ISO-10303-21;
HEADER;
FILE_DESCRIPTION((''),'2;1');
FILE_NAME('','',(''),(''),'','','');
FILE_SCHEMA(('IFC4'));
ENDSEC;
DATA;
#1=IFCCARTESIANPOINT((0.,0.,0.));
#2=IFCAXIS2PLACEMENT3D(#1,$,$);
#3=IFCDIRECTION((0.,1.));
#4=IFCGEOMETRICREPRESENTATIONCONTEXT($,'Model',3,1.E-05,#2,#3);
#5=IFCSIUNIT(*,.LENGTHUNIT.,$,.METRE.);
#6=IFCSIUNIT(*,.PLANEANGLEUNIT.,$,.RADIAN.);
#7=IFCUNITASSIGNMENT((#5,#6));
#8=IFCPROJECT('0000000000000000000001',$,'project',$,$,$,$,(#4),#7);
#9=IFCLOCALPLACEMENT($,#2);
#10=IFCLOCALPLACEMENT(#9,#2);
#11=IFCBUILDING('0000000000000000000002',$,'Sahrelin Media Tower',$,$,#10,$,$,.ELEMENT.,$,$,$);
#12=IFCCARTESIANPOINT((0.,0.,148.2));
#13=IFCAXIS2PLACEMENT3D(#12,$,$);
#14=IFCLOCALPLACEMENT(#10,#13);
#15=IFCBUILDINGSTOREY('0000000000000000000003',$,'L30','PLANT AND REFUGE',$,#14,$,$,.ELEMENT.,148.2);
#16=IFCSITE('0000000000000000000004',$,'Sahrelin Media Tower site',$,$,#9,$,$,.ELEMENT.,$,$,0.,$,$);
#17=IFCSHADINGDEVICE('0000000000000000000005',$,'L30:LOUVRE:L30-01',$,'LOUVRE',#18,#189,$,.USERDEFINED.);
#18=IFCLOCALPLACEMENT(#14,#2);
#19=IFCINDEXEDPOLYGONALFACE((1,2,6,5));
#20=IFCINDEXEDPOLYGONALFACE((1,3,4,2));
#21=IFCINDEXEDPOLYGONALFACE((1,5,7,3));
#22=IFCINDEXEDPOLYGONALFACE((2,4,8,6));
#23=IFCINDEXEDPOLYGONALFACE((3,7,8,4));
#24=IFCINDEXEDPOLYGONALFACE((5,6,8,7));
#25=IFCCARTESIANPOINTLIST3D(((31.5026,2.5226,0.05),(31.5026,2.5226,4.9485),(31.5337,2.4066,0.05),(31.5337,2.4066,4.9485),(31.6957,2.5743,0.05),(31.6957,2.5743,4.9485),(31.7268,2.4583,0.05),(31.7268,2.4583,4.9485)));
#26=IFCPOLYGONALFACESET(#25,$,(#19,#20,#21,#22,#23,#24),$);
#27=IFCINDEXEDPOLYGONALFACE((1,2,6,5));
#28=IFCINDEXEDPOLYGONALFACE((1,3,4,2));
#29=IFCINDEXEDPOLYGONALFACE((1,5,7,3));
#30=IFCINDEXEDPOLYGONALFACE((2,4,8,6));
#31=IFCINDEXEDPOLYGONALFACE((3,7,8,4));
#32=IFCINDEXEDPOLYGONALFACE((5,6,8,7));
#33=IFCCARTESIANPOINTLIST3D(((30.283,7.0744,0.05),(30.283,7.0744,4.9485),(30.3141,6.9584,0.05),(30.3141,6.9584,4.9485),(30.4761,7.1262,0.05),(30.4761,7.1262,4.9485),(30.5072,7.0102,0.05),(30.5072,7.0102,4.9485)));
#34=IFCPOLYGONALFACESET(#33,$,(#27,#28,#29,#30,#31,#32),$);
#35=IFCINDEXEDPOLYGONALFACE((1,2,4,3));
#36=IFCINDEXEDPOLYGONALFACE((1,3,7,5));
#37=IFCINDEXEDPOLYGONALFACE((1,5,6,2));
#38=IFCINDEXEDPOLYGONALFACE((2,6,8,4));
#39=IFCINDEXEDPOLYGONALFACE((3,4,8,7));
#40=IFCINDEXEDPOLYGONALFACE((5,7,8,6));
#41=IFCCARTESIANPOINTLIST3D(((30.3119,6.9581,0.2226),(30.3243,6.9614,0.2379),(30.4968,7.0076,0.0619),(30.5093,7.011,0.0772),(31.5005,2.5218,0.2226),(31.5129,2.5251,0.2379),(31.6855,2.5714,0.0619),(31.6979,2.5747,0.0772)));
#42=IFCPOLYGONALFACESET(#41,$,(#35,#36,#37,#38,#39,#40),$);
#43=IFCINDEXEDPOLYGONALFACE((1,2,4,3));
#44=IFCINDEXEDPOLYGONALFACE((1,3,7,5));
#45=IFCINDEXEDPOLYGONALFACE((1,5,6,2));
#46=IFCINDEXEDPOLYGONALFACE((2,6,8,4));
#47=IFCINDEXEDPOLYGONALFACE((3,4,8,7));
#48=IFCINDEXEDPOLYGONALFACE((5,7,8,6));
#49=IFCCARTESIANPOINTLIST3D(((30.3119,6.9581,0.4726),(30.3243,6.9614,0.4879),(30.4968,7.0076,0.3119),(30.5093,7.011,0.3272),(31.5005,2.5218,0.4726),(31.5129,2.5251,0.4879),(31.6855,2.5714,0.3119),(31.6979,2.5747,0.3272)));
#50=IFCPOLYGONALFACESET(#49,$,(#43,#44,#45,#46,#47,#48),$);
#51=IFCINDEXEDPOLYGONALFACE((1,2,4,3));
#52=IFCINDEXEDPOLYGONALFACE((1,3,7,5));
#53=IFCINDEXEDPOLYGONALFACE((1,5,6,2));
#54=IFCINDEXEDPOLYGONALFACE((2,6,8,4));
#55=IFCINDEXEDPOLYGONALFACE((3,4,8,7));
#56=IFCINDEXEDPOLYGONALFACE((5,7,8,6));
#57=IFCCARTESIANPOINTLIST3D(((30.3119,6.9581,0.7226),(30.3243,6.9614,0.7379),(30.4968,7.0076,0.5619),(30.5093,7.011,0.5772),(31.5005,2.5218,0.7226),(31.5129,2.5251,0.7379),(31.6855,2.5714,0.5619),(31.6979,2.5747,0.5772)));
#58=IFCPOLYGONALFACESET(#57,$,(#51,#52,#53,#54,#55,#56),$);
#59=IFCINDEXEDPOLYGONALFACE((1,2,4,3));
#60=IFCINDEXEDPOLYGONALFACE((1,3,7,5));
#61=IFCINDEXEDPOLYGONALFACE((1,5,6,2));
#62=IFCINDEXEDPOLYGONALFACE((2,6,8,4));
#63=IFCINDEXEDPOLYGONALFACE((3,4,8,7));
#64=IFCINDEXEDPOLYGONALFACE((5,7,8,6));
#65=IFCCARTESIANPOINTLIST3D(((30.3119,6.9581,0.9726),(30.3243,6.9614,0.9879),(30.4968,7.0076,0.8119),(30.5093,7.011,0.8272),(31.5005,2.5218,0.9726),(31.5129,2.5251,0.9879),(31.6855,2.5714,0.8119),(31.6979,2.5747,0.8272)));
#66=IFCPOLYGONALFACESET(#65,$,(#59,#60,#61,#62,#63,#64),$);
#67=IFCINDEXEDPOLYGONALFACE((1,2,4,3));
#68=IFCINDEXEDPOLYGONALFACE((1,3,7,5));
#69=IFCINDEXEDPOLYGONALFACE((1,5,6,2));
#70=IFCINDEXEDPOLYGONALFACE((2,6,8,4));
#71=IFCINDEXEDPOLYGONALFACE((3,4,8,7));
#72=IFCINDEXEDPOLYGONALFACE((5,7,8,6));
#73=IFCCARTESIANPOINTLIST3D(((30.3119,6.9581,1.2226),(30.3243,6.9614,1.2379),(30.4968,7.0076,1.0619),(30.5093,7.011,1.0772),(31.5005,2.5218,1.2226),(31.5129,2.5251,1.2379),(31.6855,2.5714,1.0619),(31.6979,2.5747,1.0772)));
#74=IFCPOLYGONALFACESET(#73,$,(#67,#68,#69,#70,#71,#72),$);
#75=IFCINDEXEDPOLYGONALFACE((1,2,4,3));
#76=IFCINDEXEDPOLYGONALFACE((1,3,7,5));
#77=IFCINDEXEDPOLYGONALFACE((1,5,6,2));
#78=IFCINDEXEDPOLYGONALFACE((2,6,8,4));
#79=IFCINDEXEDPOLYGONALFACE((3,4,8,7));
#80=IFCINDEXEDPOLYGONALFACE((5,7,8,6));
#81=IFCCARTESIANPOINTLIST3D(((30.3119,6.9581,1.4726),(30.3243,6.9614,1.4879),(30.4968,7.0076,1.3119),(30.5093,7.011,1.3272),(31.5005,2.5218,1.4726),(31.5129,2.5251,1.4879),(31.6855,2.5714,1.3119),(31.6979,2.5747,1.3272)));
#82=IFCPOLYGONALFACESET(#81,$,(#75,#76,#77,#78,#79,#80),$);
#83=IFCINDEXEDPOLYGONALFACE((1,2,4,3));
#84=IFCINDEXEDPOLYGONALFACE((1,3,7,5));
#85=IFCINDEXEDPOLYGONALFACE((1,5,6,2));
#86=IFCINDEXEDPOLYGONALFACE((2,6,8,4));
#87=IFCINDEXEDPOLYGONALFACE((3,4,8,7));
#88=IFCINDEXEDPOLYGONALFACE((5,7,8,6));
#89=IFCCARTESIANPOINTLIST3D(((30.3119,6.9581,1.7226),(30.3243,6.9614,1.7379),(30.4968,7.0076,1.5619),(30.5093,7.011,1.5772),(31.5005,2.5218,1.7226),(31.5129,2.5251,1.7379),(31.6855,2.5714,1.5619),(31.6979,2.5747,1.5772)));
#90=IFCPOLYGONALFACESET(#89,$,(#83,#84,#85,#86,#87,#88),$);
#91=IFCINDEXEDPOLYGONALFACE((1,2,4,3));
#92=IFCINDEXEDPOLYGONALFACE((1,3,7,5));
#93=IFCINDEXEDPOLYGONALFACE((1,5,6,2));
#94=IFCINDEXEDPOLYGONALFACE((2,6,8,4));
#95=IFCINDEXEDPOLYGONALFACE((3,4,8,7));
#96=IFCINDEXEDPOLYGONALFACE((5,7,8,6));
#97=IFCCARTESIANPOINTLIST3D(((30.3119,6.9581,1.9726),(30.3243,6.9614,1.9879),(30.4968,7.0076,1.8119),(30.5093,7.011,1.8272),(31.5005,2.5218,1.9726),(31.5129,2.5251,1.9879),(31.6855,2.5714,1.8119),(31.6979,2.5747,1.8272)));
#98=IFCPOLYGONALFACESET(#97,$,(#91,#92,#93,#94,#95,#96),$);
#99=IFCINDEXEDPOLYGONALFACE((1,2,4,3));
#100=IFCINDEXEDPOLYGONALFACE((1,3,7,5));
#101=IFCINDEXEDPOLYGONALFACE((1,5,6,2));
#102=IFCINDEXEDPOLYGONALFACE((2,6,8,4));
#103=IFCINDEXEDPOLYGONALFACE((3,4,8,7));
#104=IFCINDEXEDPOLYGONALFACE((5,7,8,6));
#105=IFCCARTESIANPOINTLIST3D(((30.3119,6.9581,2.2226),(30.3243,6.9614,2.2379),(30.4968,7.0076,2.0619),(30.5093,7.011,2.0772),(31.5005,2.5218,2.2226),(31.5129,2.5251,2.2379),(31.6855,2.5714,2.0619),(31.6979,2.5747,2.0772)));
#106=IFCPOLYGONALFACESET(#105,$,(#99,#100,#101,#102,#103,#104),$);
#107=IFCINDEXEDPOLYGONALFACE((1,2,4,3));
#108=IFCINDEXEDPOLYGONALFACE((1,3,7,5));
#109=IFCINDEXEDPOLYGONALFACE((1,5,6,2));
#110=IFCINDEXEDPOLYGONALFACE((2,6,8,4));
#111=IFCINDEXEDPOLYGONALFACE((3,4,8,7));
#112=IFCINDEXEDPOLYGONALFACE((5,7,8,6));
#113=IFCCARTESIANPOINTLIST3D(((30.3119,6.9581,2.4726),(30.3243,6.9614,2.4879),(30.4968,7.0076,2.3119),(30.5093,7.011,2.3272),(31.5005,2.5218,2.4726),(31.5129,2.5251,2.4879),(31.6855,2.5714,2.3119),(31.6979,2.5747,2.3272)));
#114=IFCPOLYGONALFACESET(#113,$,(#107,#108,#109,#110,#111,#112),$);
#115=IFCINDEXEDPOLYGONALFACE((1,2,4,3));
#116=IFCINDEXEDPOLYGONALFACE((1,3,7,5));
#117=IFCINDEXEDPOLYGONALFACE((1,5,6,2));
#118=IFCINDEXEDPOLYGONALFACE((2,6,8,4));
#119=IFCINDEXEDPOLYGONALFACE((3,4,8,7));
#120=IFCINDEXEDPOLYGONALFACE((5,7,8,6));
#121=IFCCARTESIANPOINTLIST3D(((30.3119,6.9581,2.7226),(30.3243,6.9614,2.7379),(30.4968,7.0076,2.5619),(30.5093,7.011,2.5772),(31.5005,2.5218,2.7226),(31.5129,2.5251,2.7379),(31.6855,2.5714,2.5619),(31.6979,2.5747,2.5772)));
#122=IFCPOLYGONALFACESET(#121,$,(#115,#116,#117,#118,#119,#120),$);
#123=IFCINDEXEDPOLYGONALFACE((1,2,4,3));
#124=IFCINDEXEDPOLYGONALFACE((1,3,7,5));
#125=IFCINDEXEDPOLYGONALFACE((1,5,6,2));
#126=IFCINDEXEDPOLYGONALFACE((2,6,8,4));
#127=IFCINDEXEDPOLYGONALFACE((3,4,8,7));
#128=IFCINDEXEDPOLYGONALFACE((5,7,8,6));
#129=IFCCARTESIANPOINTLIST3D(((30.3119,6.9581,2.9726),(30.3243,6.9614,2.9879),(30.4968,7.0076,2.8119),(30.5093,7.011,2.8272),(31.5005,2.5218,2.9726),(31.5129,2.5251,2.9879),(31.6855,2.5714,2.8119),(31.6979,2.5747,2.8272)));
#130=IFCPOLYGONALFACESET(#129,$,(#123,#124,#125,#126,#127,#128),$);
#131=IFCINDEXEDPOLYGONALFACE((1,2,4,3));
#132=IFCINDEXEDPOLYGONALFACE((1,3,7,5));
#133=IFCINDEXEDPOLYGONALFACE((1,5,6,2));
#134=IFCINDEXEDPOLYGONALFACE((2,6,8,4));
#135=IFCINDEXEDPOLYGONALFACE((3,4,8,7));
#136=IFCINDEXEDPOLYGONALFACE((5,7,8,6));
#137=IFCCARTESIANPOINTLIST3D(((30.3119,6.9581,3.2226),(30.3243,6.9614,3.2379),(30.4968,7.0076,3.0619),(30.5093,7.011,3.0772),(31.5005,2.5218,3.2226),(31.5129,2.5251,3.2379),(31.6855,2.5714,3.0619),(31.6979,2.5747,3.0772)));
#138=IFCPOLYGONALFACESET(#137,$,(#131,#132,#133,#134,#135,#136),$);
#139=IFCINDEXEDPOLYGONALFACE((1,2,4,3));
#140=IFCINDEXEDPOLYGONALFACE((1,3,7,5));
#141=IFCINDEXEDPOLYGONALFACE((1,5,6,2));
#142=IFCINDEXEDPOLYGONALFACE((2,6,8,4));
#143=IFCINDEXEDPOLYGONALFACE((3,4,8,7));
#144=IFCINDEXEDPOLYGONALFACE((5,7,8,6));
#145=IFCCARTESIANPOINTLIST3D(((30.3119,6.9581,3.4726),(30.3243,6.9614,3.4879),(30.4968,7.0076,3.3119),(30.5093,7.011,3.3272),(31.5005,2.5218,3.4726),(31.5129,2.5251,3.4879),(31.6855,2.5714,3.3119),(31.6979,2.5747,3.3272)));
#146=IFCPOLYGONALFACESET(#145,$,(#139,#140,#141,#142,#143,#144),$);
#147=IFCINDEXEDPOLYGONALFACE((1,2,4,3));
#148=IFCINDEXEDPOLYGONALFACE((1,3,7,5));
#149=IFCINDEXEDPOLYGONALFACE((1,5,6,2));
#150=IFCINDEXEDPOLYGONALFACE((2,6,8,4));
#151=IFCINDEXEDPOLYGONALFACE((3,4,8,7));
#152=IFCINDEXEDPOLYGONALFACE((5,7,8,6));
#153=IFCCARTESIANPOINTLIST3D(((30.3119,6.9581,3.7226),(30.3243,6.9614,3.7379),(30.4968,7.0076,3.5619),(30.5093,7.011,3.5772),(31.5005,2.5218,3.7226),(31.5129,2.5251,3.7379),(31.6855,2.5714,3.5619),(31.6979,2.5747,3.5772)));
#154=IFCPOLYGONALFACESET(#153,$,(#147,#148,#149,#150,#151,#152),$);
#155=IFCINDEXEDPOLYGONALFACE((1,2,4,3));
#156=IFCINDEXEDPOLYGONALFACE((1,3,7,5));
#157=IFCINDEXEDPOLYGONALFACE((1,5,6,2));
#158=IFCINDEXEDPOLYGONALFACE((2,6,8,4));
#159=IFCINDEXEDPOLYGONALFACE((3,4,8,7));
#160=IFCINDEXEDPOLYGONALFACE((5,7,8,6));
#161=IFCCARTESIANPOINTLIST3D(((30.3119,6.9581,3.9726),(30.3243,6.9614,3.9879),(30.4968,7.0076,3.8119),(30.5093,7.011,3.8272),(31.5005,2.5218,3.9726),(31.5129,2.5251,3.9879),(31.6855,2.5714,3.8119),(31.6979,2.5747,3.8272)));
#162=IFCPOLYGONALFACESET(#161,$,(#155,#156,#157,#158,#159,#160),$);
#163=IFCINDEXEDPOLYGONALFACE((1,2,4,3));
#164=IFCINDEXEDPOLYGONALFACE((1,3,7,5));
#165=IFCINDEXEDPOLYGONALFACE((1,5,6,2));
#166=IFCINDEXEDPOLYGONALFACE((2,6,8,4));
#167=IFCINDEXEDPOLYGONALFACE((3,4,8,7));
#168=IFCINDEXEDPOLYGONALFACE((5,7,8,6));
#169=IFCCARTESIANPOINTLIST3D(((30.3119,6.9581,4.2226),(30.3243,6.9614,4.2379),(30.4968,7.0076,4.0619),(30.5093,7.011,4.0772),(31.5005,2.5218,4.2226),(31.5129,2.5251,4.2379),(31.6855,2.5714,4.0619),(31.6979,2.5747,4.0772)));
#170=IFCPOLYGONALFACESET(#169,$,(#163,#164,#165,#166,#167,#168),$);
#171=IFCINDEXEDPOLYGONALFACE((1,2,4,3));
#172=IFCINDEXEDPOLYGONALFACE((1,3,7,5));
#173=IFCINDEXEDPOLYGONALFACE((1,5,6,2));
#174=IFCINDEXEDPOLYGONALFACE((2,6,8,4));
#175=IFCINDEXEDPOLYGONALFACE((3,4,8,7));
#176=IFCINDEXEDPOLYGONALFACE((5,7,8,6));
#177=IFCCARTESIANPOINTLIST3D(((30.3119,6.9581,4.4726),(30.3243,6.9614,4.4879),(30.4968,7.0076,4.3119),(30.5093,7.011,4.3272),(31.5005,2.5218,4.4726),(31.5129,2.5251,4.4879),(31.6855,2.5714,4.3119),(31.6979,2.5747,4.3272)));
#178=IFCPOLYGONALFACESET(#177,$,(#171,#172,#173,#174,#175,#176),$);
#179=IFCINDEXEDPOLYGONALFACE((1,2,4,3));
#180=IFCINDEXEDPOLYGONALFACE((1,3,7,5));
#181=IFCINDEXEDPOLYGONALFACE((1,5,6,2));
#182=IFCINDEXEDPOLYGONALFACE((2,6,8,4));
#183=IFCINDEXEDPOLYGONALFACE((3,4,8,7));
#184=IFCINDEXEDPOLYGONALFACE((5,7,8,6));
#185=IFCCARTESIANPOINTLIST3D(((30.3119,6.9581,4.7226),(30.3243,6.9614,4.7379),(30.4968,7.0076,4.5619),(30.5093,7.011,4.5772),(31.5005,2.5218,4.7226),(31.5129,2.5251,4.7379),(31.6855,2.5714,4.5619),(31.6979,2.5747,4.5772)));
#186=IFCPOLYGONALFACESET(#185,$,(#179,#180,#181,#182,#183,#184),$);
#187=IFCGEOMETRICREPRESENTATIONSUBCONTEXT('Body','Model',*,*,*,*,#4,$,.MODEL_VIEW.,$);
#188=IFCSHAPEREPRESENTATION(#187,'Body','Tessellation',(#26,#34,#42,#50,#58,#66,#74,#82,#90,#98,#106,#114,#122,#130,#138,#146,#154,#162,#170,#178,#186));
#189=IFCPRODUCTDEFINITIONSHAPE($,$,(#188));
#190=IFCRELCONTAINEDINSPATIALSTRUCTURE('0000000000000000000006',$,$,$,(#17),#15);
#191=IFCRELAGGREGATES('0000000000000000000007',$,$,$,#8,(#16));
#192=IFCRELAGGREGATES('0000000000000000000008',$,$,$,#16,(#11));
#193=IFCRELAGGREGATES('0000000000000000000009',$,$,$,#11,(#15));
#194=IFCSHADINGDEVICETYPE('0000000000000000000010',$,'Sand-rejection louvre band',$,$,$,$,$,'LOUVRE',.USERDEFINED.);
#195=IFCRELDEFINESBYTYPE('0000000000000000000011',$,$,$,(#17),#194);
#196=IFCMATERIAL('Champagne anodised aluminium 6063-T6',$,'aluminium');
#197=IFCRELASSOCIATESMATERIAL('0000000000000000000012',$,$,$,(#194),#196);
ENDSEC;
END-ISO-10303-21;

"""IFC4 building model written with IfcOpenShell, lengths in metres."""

from ifc_helpers import new_model, si_unit, direction, frame, origin, origin_2d, place, context, subcontext, project, spatial, rectangle, extrude, material, type_object, element, save


model = new_model("IFC4")

# Units and contexts
model_context = context("Model", 3, precision=1e-05, world=origin(), true_north=direction((0.0, 1.0)))
body_context = subcontext(model_context, "Body", "Model", "MODEL_VIEW")
ifc_project = project(units=[si_unit("LENGTHUNIT", "METRE"), si_unit("PLANEANGLEUNIT", "RADIAN")], contexts=[model_context])

# Site, building, storey
site_placement = place(None, origin())
site = spatial("IfcSite", under=ifc_project, at=site_placement, Name="Sahrelin Media Tower site", CompositionType="ELEMENT", RefElevation=0.0)
building_placement = place(site_placement, origin())
building = spatial("IfcBuilding", under=site, at=building_placement, Name="Sahrelin Media Tower", CompositionType="ELEMENT")
storey_placement = place(building_placement, frame((0.0, 0.0, 148.2)))
storey = spatial("IfcBuildingStorey", under=building, at=storey_placement, Name="L30", Description="PLANT AND REFUGE", CompositionType="ELEMENT", Elevation=148.2)

# Shading device
ifc_material_1 = material(Name="Champagne anodised aluminium 6063-T6", Category="aluminium")
shading_device_type = type_object("IfcShadingDeviceType", Name="Sand-rejection louvre band", ElementType="LOUVRE", PredefinedType="USERDEFINED", material=ifc_material_1)
shading_device_1_placement = place(storey_placement, frame((30.9082, 4.7405, 0.0), z_axis=(0.0, 0.0, 1.0), x_axis=(0.258808, -0.965929, 0.0)))
element("IfcShadingDevice", 1, at=shading_device_1_placement, inside=storey, type_object=shading_device_type, Name="L30:LOUVRE:L30-01", ObjectType="LOUVRE", PredefinedType="USERDEFINED", context=body_context, shape_type="SweptSolid", body=[
    extrude(rectangle(XDim=0.1201, YDim=0.2, at=origin_2d()), frame((2.3562, 0.1001, 0.05), z_axis=(0.0, 0.0, 1.0), x_axis=(1.0, 0.0, 0.0)), (0.0, 0.0, 1.0), 4.8984),
    extrude(rectangle(XDim=0.1201, YDim=0.2, at=origin_2d()), frame((-2.3562, 0.1001, 0.05), z_axis=(0.0, 0.0, 1.0), x_axis=(1.0, 0.0, 0.0)), (0.0, 0.0, 1.0), 4.8984),
    extrude(rectangle(XDim=0.25, YDim=0.02, at=origin_2d()), frame((2.2964, 0.1001, 0.1499), z_axis=(-1.0, 0.0, 0.0), x_axis=(0.0, -0.766044, 0.642788)), (0.0, 0.0, 1.0), 4.5928),
    extrude(rectangle(XDim=0.25, YDim=0.02, at=origin_2d()), frame((2.2964, 0.1001, 0.3999), z_axis=(-1.0, 0.0, 0.0), x_axis=(0.0, -0.766044, 0.642788)), (0.0, 0.0, 1.0), 4.5928),
    extrude(rectangle(XDim=0.25, YDim=0.02, at=origin_2d()), frame((2.2964, 0.1001, 0.6499), z_axis=(-1.0, 0.0, 0.0), x_axis=(0.0, -0.766044, 0.642788)), (0.0, 0.0, 1.0), 4.5928),
    extrude(rectangle(XDim=0.25, YDim=0.02, at=origin_2d()), frame((2.2964, 0.1001, 0.8999), z_axis=(-1.0, 0.0, 0.0), x_axis=(0.0, -0.766044, 0.642788)), (0.0, 0.0, 1.0), 4.5928),
    extrude(rectangle(XDim=0.25, YDim=0.02, at=origin_2d()), frame((2.2964, 0.1001, 1.1499), z_axis=(-1.0, 0.0, 0.0), x_axis=(0.0, -0.766044, 0.642788)), (0.0, 0.0, 1.0), 4.5928),
    extrude(rectangle(XDim=0.25, YDim=0.02, at=origin_2d()), frame((2.2964, 0.1001, 1.3999), z_axis=(-1.0, 0.0, 0.0), x_axis=(0.0, -0.766044, 0.642788)), (0.0, 0.0, 1.0), 4.5928),
    extrude(rectangle(XDim=0.25, YDim=0.02, at=origin_2d()), frame((2.2964, 0.1001, 1.6499), z_axis=(-1.0, 0.0, 0.0), x_axis=(0.0, -0.766044, 0.642788)), (0.0, 0.0, 1.0), 4.5928),
    extrude(rectangle(XDim=0.25, YDim=0.02, at=origin_2d()), frame((2.2964, 0.1001, 1.8999), z_axis=(-1.0, 0.0, 0.0), x_axis=(0.0, -0.766044, 0.642788)), (0.0, 0.0, 1.0), 4.5928),
    extrude(rectangle(XDim=0.25, YDim=0.02, at=origin_2d()), frame((2.2964, 0.1001, 2.1499), z_axis=(-1.0, 0.0, 0.0), x_axis=(0.0, -0.766044, 0.642788)), (0.0, 0.0, 1.0), 4.5928),
    extrude(rectangle(XDim=0.25, YDim=0.02, at=origin_2d()), frame((2.2964, 0.1001, 2.3999), z_axis=(-1.0, 0.0, 0.0), x_axis=(0.0, -0.766044, 0.642788)), (0.0, 0.0, 1.0), 4.5928),
    extrude(rectangle(XDim=0.25, YDim=0.02, at=origin_2d()), frame((2.2964, 0.1001, 2.6499), z_axis=(-1.0, 0.0, 0.0), x_axis=(0.0, -0.766044, 0.642788)), (0.0, 0.0, 1.0), 4.5928),
    extrude(rectangle(XDim=0.25, YDim=0.02, at=origin_2d()), frame((2.2964, 0.1001, 2.8999), z_axis=(-1.0, 0.0, 0.0), x_axis=(0.0, -0.766044, 0.642788)), (0.0, 0.0, 1.0), 4.5928),
    extrude(rectangle(XDim=0.25, YDim=0.02, at=origin_2d()), frame((2.2964, 0.1001, 3.1499), z_axis=(-1.0, 0.0, 0.0), x_axis=(0.0, -0.766044, 0.642788)), (0.0, 0.0, 1.0), 4.5928),
    extrude(rectangle(XDim=0.25, YDim=0.02, at=origin_2d()), frame((2.2964, 0.1001, 3.3999), z_axis=(-1.0, 0.0, 0.0), x_axis=(0.0, -0.766044, 0.642788)), (0.0, 0.0, 1.0), 4.5928),
    extrude(rectangle(XDim=0.25, YDim=0.02, at=origin_2d()), frame((2.2964, 0.1001, 3.6499), z_axis=(-1.0, 0.0, 0.0), x_axis=(0.0, -0.766044, 0.642788)), (0.0, 0.0, 1.0), 4.5928),
    extrude(rectangle(XDim=0.25, YDim=0.02, at=origin_2d()), frame((2.2964, 0.1001, 3.8999), z_axis=(-1.0, 0.0, 0.0), x_axis=(0.0, -0.766044, 0.642788)), (0.0, 0.0, 1.0), 4.5928),
    extrude(rectangle(XDim=0.25, YDim=0.02, at=origin_2d()), frame((2.2964, 0.1001, 4.1499), z_axis=(-1.0, 0.0, 0.0), x_axis=(0.0, -0.766044, 0.642788)), (0.0, 0.0, 1.0), 4.5928),
    extrude(rectangle(XDim=0.25, YDim=0.02, at=origin_2d()), frame((2.2964, 0.1001, 4.3999), z_axis=(-1.0, 0.0, 0.0), x_axis=(0.0, -0.766044, 0.642788)), (0.0, 0.0, 1.0), 4.5928),
    extrude(rectangle(XDim=0.25, YDim=0.02, at=origin_2d()), frame((2.2964, 0.1001, 4.6499), z_axis=(-1.0, 0.0, 0.0), x_axis=(0.0, -0.766044, 0.642788)), (0.0, 0.0, 1.0), 4.5928),
])

save(model, "model.ifc")
